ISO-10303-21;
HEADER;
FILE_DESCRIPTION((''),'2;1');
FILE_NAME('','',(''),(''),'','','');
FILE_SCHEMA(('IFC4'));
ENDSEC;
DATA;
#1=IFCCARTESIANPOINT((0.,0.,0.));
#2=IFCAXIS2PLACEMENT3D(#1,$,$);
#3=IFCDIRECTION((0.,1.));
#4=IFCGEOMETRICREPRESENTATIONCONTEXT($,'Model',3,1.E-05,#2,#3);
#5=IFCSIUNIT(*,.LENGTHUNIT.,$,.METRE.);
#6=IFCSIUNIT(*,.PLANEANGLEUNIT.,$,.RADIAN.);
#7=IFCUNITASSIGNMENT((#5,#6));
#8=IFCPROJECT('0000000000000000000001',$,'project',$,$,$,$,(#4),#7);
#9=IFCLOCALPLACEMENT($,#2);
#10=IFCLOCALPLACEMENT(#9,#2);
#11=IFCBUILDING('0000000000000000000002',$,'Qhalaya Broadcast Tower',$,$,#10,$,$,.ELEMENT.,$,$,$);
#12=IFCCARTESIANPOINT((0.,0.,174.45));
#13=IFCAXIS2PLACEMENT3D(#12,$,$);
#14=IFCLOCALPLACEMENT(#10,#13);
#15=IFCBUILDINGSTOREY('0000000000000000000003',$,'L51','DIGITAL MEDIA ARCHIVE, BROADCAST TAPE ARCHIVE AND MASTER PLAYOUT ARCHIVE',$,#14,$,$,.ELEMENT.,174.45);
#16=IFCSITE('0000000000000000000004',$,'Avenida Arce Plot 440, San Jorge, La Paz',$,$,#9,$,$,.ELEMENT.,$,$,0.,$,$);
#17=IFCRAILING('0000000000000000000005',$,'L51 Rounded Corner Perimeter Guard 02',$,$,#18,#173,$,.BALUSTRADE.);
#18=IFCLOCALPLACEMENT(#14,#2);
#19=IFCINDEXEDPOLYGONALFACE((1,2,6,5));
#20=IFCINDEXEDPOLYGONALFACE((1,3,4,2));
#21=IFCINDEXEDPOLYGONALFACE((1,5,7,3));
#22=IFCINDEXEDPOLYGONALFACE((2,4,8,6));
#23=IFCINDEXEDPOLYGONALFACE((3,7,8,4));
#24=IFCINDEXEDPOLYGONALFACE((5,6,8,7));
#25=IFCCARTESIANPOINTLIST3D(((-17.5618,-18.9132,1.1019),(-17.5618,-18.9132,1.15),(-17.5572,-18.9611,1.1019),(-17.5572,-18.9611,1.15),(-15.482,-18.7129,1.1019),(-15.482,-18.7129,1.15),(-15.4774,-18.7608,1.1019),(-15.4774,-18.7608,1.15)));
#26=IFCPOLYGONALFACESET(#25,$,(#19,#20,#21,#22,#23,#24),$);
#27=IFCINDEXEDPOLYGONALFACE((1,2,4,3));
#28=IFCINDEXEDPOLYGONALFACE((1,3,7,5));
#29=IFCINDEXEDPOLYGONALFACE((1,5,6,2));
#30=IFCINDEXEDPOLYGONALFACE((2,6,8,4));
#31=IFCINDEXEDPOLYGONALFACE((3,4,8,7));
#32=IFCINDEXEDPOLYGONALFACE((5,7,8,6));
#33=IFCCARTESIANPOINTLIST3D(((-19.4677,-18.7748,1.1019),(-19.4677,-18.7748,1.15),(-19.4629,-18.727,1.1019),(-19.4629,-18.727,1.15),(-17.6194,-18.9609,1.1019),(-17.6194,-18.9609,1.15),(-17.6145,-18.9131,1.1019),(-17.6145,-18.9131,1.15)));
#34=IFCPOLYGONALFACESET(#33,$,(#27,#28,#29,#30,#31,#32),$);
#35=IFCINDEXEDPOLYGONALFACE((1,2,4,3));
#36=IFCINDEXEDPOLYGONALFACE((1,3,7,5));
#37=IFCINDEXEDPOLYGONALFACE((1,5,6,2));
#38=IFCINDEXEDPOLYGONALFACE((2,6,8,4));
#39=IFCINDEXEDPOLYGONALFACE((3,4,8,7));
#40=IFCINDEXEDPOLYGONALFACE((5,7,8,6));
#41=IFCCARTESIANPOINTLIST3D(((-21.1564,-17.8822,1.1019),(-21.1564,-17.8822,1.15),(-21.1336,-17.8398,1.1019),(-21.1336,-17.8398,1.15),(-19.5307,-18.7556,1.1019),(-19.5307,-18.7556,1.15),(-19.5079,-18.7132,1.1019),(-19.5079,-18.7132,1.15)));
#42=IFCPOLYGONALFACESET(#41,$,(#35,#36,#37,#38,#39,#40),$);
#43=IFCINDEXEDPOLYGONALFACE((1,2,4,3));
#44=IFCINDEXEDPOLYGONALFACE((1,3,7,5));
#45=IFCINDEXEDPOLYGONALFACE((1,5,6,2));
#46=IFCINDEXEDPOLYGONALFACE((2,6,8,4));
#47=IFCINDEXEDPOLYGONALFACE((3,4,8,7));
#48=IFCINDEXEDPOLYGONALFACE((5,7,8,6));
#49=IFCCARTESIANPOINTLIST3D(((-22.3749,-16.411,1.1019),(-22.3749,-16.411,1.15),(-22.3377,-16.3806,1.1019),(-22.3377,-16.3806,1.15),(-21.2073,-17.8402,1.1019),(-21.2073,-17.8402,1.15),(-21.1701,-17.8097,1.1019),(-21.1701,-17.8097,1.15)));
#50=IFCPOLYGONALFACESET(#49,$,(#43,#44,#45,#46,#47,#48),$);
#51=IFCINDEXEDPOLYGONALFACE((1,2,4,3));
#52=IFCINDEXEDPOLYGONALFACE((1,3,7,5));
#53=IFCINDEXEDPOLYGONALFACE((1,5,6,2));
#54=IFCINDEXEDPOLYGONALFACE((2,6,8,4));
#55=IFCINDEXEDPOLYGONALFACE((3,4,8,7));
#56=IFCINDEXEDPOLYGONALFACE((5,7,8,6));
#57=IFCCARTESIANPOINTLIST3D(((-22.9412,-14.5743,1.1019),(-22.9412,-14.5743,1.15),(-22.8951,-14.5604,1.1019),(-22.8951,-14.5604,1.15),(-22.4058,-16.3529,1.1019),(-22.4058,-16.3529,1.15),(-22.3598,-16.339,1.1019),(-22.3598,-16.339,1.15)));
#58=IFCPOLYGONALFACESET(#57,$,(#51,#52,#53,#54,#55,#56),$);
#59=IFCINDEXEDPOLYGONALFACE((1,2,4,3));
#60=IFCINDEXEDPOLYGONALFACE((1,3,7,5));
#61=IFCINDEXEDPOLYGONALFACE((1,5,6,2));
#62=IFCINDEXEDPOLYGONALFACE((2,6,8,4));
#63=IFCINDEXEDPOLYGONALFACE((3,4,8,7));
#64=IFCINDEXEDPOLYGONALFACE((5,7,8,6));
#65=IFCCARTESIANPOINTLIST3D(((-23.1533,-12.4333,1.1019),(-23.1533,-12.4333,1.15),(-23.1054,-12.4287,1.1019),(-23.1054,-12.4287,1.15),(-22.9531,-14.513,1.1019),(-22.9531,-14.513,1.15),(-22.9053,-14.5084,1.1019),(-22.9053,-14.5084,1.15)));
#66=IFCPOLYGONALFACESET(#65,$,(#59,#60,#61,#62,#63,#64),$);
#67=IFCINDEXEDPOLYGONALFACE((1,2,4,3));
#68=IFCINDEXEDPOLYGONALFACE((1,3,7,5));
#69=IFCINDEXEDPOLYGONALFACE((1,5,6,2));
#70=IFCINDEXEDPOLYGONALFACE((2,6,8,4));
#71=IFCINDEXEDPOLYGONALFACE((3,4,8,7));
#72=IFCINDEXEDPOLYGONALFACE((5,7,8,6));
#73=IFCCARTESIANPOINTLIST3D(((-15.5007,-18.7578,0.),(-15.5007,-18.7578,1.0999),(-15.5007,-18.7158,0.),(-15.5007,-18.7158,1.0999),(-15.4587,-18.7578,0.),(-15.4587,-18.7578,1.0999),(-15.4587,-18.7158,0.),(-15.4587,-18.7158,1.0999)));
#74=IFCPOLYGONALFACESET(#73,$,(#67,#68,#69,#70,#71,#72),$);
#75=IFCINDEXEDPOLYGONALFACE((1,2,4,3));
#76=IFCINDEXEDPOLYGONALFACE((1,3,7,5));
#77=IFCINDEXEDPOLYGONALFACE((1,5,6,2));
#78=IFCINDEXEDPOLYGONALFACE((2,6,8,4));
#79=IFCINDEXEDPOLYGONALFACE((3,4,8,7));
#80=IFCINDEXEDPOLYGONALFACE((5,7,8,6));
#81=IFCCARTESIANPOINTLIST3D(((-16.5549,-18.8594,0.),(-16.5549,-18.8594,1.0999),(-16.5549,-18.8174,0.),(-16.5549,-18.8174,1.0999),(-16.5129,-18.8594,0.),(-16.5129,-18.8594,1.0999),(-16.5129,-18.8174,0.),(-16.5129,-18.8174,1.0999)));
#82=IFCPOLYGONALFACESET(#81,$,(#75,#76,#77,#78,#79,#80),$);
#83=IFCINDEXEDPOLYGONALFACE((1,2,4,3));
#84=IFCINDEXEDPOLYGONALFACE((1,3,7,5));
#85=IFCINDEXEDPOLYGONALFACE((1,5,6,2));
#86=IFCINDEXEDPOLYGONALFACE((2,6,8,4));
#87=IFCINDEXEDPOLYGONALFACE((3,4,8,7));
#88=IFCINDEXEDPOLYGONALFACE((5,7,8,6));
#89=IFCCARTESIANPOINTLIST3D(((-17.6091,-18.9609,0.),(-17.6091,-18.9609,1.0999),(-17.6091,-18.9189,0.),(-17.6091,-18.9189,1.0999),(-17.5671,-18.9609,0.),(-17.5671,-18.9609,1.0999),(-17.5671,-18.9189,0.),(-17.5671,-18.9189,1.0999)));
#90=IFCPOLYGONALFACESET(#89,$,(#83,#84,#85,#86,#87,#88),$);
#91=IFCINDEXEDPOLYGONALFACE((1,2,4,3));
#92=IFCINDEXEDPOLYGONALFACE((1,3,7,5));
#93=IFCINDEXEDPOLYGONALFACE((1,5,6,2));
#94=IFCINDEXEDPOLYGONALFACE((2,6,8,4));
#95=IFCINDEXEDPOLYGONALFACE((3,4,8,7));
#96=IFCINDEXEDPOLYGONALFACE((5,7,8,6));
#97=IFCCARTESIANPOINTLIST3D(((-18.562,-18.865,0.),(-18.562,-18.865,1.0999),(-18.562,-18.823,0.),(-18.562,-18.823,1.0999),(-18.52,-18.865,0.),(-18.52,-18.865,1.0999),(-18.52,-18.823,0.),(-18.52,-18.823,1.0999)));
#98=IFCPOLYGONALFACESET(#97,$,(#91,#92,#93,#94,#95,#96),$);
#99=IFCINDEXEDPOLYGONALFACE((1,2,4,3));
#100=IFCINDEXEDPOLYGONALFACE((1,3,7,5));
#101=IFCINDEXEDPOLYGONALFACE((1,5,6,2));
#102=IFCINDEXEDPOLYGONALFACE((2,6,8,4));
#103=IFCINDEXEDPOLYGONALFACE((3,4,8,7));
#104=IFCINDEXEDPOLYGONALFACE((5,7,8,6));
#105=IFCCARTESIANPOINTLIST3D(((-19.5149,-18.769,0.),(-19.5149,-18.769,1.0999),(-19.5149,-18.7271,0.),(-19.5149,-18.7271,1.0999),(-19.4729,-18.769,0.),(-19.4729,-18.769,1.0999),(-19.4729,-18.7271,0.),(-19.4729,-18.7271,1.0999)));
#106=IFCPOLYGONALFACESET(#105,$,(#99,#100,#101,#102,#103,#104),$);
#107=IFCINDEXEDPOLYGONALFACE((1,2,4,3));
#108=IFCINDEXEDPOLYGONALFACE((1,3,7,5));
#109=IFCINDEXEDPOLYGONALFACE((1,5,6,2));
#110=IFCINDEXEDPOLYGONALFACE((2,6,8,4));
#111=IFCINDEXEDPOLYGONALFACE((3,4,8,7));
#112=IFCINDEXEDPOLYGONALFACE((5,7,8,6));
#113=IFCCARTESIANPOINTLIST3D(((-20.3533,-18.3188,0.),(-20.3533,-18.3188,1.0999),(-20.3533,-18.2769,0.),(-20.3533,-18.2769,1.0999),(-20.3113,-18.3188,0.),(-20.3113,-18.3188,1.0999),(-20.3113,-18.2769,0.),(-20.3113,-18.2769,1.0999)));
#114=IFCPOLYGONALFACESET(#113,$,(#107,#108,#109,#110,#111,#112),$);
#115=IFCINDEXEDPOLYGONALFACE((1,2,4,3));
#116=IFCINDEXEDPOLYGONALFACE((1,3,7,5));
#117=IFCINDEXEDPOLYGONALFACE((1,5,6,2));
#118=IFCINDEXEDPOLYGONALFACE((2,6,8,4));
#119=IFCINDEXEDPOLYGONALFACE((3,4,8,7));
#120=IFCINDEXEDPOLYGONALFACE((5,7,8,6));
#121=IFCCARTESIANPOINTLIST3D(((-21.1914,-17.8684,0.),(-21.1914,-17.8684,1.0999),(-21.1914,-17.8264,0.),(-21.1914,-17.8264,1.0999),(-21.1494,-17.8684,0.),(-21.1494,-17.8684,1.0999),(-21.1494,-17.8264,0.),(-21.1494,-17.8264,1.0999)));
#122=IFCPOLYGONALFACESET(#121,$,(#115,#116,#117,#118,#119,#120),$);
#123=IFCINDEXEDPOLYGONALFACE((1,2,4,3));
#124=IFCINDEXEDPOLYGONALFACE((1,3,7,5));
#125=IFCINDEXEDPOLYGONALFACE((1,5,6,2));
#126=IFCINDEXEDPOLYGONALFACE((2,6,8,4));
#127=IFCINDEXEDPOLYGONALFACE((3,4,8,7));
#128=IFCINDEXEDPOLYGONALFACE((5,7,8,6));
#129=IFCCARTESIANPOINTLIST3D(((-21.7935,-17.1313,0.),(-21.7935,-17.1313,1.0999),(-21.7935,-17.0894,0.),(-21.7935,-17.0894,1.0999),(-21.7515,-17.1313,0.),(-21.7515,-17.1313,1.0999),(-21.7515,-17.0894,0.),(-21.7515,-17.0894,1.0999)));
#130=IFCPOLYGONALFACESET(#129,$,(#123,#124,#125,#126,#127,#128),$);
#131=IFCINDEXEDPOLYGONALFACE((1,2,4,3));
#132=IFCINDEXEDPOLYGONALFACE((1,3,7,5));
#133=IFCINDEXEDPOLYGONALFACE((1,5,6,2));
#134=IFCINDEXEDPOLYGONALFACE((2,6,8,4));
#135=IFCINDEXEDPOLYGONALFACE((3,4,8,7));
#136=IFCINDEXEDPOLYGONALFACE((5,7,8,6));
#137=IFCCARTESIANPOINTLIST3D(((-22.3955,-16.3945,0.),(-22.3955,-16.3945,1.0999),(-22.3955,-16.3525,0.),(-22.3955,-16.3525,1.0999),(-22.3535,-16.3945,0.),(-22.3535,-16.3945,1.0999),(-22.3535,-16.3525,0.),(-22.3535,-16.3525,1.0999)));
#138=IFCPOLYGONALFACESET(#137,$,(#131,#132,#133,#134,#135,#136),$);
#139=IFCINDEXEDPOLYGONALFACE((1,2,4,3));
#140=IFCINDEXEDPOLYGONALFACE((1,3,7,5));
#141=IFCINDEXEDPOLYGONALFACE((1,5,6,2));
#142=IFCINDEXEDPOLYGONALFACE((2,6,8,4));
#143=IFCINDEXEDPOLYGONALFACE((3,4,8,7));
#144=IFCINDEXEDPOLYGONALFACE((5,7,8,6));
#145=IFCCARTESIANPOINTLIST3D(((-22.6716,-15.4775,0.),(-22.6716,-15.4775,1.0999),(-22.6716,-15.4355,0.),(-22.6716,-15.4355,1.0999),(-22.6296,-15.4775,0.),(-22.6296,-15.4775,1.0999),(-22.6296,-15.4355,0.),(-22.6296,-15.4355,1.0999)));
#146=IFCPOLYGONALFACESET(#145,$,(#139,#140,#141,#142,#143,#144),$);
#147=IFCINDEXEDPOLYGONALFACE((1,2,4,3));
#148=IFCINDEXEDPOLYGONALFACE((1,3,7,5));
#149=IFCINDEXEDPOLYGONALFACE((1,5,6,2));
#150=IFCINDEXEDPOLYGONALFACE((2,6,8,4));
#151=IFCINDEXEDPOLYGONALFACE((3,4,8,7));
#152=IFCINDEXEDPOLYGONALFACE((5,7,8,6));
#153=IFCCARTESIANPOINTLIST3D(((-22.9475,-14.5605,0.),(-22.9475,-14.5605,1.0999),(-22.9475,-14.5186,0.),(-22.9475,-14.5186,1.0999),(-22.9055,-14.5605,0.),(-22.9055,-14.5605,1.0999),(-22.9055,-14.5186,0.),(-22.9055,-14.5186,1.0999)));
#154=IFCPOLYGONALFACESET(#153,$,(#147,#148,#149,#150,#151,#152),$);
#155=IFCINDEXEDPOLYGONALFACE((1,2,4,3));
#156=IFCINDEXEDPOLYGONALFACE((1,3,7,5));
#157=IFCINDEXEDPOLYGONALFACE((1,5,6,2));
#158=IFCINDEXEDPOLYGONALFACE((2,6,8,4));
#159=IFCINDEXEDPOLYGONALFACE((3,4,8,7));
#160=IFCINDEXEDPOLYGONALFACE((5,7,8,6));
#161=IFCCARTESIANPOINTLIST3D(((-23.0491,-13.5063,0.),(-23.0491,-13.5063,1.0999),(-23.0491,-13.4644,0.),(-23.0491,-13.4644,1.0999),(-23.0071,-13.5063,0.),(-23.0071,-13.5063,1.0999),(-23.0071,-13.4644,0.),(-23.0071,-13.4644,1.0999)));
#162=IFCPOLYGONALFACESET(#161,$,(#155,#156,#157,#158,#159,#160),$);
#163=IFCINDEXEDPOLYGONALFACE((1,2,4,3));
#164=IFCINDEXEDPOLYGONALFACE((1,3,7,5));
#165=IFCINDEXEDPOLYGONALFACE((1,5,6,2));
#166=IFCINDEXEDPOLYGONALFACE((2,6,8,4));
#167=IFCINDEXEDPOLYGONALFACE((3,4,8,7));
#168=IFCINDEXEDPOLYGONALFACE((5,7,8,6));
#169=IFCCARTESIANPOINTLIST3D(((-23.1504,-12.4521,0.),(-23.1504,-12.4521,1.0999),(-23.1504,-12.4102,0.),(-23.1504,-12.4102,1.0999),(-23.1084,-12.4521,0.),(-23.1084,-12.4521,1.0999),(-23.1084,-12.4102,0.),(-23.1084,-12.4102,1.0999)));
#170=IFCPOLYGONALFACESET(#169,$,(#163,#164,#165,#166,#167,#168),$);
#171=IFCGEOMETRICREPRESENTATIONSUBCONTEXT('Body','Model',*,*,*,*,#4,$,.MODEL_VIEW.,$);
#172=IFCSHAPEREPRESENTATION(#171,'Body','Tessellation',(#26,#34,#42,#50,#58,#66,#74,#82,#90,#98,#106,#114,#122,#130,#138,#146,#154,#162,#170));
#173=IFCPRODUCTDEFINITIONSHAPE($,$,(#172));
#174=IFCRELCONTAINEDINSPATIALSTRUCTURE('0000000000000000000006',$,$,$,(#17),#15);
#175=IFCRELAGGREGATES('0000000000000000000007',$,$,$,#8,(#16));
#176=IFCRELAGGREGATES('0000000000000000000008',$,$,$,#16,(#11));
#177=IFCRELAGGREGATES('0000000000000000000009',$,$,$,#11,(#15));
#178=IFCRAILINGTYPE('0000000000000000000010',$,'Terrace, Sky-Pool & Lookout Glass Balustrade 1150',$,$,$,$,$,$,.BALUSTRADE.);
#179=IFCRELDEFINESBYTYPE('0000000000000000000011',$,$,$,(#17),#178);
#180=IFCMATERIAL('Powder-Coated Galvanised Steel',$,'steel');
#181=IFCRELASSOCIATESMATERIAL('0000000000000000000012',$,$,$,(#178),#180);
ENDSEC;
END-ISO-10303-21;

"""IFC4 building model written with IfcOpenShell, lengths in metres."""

from ifc_helpers import new_model, si_unit, direction, frame, origin, origin_2d, place, context, subcontext, project, spatial, rectangle, extrude, material, type_object, element, save


model = new_model("IFC4")

# Units and contexts
model_context = context("Model", 3, precision=1e-05, world=origin(), true_north=direction((0.0, 1.0)))
body_context = subcontext(model_context, "Body", "Model", "MODEL_VIEW")
ifc_project = project(units=[si_unit("LENGTHUNIT", "METRE"), si_unit("PLANEANGLEUNIT", "RADIAN")], contexts=[model_context])

# Site, building, storey
site_placement = place(None, origin())
site = spatial("IfcSite", under=ifc_project, at=site_placement, Name="Avenida Arce Plot 440, San Jorge, La Paz", CompositionType="ELEMENT", RefElevation=0.0)
building_placement = place(site_placement, origin())
building = spatial("IfcBuilding", under=site, at=building_placement, Name="Qhalaya Broadcast Tower", CompositionType="ELEMENT")
storey_placement = place(building_placement, frame((0.0, 0.0, 174.45)))
storey = spatial("IfcBuildingStorey", under=building, at=storey_placement, Name="L51", Description="DIGITAL MEDIA ARCHIVE, BROADCAST TAPE ARCHIVE AND MASTER PLAYOUT ARCHIVE", CompositionType="ELEMENT", Elevation=174.45)

# Railing
ifc_material_1 = material(Name="Powder-Coated Galvanised Steel", Category="steel")
railing_type = type_object("IfcRailingType", Name="Terrace, Sky-Pool & Lookout Glass Balustrade 1150", PredefinedType="BALUSTRADE", material=ifc_material_1)
railing_placement = place(storey_placement, frame((-15.4797, -18.7368, 0.0)))
element("IfcRailing", 1, at=railing_placement, inside=storey, type_object=railing_type, Name="L51 Rounded Corner Perimeter Guard 02", PredefinedType="BALUSTRADE", context=body_context, shape_type="SweptSolid", body=[
    extrude(rectangle(XDim=0.0481, YDim=0.0481, at=origin_2d()), frame((0.0, 0.0, 1.126), z_axis=(-0.995391, -0.095897, 0.0), x_axis=(0.095897, -0.995391, 0.0)), (0.0, 0.0, 1.0), 2.0894),
    extrude(rectangle(XDim=0.0481, YDim=0.0481, at=origin_2d()), frame((-2.1372, -0.2002, 1.126), z_axis=(-0.994969, 0.100185, 0.0), x_axis=(-0.100185, -0.994969, 0.0)), (0.0, 0.0, 1.0), 1.8577),
    extrude(rectangle(XDim=0.0481, YDim=0.0481, at=origin_2d()), frame((-4.0396, 0.0024, 1.126), z_axis=(-0.880932, 0.473243, 0.0), x_axis=(-0.473243, -0.880932, 0.0)), (0.0, 0.0, 1.0), 1.8455),
    extrude(rectangle(XDim=0.0481, YDim=0.0481, at=origin_2d()), frame((-5.709, 0.9119, 1.126), z_axis=(-0.632672, 0.77442, 0.0), x_axis=(-0.77442, -0.632672, 0.0)), (0.0, 0.0, 1.0), 1.8455),
    extrude(rectangle(XDim=0.0481, YDim=0.0481, at=origin_2d()), frame((-6.9031, 2.3909, 1.126), z_axis=(-0.288213, 0.957566, 0.0), x_axis=(-0.957566, -0.288213, 0.0)), (0.0, 0.0, 1.0), 1.8574),
    extrude(rectangle(XDim=0.0481, YDim=0.0481, at=origin_2d()), frame((-7.4495, 4.2261, 1.126), z_axis=(-0.095783, 0.995402, 0.0), x_axis=(-0.995402, -0.095783, 0.0)), (0.0, 0.0, 1.0), 2.0894),
    extrude(rectangle(XDim=0.042, YDim=0.042, at=origin_2d()), origin(), (0.0, 0.0, 1.0), 1.0999),
    extrude(rectangle(XDim=0.042, YDim=0.042, at=origin_2d()), frame((-1.0542, -0.1016, 0.0)), (0.0, 0.0, 1.0), 1.0999),
    extrude(rectangle(XDim=0.042, YDim=0.042, at=origin_2d()), frame((-2.1084, -0.2031, 0.0)), (0.0, 0.0, 1.0), 1.0999),
    extrude(rectangle(XDim=0.042, YDim=0.042, at=origin_2d()), frame((-3.0613, -0.1072, 0.0)), (0.0, 0.0, 1.0), 1.0999),
    extrude(rectangle(XDim=0.042, YDim=0.042, at=origin_2d()), frame((-4.0142, -0.0112, 0.0)), (0.0, 0.0, 1.0), 1.0999),
    extrude(rectangle(XDim=0.042, YDim=0.042, at=origin_2d()), frame((-4.8525, 0.439, 0.0)), (0.0, 0.0, 1.0), 1.0999),
    extrude(rectangle(XDim=0.042, YDim=0.042, at=origin_2d()), frame((-5.6907, 0.8894, 0.0)), (0.0, 0.0, 1.0), 1.0999),
    extrude(rectangle(XDim=0.042, YDim=0.042, at=origin_2d()), frame((-6.2927, 1.6265, 0.0)), (0.0, 0.0, 1.0), 1.0999),
    extrude(rectangle(XDim=0.042, YDim=0.042, at=origin_2d()), frame((-6.8948, 2.3633, 0.0)), (0.0, 0.0, 1.0), 1.0999),
    extrude(rectangle(XDim=0.042, YDim=0.042, at=origin_2d()), frame((-7.1709, 3.2803, 0.0)), (0.0, 0.0, 1.0), 1.0999),
    extrude(rectangle(XDim=0.042, YDim=0.042, at=origin_2d()), frame((-7.4468, 4.1973, 0.0)), (0.0, 0.0, 1.0), 1.0999),
    extrude(rectangle(XDim=0.042, YDim=0.042, at=origin_2d()), frame((-7.5483, 5.2515, 0.0)), (0.0, 0.0, 1.0), 1.0999),
    extrude(rectangle(XDim=0.042, YDim=0.042, at=origin_2d()), frame((-7.6497, 6.3057, 0.0)), (0.0, 0.0, 1.0), 1.0999),
])

save(model, "model.ifc")
